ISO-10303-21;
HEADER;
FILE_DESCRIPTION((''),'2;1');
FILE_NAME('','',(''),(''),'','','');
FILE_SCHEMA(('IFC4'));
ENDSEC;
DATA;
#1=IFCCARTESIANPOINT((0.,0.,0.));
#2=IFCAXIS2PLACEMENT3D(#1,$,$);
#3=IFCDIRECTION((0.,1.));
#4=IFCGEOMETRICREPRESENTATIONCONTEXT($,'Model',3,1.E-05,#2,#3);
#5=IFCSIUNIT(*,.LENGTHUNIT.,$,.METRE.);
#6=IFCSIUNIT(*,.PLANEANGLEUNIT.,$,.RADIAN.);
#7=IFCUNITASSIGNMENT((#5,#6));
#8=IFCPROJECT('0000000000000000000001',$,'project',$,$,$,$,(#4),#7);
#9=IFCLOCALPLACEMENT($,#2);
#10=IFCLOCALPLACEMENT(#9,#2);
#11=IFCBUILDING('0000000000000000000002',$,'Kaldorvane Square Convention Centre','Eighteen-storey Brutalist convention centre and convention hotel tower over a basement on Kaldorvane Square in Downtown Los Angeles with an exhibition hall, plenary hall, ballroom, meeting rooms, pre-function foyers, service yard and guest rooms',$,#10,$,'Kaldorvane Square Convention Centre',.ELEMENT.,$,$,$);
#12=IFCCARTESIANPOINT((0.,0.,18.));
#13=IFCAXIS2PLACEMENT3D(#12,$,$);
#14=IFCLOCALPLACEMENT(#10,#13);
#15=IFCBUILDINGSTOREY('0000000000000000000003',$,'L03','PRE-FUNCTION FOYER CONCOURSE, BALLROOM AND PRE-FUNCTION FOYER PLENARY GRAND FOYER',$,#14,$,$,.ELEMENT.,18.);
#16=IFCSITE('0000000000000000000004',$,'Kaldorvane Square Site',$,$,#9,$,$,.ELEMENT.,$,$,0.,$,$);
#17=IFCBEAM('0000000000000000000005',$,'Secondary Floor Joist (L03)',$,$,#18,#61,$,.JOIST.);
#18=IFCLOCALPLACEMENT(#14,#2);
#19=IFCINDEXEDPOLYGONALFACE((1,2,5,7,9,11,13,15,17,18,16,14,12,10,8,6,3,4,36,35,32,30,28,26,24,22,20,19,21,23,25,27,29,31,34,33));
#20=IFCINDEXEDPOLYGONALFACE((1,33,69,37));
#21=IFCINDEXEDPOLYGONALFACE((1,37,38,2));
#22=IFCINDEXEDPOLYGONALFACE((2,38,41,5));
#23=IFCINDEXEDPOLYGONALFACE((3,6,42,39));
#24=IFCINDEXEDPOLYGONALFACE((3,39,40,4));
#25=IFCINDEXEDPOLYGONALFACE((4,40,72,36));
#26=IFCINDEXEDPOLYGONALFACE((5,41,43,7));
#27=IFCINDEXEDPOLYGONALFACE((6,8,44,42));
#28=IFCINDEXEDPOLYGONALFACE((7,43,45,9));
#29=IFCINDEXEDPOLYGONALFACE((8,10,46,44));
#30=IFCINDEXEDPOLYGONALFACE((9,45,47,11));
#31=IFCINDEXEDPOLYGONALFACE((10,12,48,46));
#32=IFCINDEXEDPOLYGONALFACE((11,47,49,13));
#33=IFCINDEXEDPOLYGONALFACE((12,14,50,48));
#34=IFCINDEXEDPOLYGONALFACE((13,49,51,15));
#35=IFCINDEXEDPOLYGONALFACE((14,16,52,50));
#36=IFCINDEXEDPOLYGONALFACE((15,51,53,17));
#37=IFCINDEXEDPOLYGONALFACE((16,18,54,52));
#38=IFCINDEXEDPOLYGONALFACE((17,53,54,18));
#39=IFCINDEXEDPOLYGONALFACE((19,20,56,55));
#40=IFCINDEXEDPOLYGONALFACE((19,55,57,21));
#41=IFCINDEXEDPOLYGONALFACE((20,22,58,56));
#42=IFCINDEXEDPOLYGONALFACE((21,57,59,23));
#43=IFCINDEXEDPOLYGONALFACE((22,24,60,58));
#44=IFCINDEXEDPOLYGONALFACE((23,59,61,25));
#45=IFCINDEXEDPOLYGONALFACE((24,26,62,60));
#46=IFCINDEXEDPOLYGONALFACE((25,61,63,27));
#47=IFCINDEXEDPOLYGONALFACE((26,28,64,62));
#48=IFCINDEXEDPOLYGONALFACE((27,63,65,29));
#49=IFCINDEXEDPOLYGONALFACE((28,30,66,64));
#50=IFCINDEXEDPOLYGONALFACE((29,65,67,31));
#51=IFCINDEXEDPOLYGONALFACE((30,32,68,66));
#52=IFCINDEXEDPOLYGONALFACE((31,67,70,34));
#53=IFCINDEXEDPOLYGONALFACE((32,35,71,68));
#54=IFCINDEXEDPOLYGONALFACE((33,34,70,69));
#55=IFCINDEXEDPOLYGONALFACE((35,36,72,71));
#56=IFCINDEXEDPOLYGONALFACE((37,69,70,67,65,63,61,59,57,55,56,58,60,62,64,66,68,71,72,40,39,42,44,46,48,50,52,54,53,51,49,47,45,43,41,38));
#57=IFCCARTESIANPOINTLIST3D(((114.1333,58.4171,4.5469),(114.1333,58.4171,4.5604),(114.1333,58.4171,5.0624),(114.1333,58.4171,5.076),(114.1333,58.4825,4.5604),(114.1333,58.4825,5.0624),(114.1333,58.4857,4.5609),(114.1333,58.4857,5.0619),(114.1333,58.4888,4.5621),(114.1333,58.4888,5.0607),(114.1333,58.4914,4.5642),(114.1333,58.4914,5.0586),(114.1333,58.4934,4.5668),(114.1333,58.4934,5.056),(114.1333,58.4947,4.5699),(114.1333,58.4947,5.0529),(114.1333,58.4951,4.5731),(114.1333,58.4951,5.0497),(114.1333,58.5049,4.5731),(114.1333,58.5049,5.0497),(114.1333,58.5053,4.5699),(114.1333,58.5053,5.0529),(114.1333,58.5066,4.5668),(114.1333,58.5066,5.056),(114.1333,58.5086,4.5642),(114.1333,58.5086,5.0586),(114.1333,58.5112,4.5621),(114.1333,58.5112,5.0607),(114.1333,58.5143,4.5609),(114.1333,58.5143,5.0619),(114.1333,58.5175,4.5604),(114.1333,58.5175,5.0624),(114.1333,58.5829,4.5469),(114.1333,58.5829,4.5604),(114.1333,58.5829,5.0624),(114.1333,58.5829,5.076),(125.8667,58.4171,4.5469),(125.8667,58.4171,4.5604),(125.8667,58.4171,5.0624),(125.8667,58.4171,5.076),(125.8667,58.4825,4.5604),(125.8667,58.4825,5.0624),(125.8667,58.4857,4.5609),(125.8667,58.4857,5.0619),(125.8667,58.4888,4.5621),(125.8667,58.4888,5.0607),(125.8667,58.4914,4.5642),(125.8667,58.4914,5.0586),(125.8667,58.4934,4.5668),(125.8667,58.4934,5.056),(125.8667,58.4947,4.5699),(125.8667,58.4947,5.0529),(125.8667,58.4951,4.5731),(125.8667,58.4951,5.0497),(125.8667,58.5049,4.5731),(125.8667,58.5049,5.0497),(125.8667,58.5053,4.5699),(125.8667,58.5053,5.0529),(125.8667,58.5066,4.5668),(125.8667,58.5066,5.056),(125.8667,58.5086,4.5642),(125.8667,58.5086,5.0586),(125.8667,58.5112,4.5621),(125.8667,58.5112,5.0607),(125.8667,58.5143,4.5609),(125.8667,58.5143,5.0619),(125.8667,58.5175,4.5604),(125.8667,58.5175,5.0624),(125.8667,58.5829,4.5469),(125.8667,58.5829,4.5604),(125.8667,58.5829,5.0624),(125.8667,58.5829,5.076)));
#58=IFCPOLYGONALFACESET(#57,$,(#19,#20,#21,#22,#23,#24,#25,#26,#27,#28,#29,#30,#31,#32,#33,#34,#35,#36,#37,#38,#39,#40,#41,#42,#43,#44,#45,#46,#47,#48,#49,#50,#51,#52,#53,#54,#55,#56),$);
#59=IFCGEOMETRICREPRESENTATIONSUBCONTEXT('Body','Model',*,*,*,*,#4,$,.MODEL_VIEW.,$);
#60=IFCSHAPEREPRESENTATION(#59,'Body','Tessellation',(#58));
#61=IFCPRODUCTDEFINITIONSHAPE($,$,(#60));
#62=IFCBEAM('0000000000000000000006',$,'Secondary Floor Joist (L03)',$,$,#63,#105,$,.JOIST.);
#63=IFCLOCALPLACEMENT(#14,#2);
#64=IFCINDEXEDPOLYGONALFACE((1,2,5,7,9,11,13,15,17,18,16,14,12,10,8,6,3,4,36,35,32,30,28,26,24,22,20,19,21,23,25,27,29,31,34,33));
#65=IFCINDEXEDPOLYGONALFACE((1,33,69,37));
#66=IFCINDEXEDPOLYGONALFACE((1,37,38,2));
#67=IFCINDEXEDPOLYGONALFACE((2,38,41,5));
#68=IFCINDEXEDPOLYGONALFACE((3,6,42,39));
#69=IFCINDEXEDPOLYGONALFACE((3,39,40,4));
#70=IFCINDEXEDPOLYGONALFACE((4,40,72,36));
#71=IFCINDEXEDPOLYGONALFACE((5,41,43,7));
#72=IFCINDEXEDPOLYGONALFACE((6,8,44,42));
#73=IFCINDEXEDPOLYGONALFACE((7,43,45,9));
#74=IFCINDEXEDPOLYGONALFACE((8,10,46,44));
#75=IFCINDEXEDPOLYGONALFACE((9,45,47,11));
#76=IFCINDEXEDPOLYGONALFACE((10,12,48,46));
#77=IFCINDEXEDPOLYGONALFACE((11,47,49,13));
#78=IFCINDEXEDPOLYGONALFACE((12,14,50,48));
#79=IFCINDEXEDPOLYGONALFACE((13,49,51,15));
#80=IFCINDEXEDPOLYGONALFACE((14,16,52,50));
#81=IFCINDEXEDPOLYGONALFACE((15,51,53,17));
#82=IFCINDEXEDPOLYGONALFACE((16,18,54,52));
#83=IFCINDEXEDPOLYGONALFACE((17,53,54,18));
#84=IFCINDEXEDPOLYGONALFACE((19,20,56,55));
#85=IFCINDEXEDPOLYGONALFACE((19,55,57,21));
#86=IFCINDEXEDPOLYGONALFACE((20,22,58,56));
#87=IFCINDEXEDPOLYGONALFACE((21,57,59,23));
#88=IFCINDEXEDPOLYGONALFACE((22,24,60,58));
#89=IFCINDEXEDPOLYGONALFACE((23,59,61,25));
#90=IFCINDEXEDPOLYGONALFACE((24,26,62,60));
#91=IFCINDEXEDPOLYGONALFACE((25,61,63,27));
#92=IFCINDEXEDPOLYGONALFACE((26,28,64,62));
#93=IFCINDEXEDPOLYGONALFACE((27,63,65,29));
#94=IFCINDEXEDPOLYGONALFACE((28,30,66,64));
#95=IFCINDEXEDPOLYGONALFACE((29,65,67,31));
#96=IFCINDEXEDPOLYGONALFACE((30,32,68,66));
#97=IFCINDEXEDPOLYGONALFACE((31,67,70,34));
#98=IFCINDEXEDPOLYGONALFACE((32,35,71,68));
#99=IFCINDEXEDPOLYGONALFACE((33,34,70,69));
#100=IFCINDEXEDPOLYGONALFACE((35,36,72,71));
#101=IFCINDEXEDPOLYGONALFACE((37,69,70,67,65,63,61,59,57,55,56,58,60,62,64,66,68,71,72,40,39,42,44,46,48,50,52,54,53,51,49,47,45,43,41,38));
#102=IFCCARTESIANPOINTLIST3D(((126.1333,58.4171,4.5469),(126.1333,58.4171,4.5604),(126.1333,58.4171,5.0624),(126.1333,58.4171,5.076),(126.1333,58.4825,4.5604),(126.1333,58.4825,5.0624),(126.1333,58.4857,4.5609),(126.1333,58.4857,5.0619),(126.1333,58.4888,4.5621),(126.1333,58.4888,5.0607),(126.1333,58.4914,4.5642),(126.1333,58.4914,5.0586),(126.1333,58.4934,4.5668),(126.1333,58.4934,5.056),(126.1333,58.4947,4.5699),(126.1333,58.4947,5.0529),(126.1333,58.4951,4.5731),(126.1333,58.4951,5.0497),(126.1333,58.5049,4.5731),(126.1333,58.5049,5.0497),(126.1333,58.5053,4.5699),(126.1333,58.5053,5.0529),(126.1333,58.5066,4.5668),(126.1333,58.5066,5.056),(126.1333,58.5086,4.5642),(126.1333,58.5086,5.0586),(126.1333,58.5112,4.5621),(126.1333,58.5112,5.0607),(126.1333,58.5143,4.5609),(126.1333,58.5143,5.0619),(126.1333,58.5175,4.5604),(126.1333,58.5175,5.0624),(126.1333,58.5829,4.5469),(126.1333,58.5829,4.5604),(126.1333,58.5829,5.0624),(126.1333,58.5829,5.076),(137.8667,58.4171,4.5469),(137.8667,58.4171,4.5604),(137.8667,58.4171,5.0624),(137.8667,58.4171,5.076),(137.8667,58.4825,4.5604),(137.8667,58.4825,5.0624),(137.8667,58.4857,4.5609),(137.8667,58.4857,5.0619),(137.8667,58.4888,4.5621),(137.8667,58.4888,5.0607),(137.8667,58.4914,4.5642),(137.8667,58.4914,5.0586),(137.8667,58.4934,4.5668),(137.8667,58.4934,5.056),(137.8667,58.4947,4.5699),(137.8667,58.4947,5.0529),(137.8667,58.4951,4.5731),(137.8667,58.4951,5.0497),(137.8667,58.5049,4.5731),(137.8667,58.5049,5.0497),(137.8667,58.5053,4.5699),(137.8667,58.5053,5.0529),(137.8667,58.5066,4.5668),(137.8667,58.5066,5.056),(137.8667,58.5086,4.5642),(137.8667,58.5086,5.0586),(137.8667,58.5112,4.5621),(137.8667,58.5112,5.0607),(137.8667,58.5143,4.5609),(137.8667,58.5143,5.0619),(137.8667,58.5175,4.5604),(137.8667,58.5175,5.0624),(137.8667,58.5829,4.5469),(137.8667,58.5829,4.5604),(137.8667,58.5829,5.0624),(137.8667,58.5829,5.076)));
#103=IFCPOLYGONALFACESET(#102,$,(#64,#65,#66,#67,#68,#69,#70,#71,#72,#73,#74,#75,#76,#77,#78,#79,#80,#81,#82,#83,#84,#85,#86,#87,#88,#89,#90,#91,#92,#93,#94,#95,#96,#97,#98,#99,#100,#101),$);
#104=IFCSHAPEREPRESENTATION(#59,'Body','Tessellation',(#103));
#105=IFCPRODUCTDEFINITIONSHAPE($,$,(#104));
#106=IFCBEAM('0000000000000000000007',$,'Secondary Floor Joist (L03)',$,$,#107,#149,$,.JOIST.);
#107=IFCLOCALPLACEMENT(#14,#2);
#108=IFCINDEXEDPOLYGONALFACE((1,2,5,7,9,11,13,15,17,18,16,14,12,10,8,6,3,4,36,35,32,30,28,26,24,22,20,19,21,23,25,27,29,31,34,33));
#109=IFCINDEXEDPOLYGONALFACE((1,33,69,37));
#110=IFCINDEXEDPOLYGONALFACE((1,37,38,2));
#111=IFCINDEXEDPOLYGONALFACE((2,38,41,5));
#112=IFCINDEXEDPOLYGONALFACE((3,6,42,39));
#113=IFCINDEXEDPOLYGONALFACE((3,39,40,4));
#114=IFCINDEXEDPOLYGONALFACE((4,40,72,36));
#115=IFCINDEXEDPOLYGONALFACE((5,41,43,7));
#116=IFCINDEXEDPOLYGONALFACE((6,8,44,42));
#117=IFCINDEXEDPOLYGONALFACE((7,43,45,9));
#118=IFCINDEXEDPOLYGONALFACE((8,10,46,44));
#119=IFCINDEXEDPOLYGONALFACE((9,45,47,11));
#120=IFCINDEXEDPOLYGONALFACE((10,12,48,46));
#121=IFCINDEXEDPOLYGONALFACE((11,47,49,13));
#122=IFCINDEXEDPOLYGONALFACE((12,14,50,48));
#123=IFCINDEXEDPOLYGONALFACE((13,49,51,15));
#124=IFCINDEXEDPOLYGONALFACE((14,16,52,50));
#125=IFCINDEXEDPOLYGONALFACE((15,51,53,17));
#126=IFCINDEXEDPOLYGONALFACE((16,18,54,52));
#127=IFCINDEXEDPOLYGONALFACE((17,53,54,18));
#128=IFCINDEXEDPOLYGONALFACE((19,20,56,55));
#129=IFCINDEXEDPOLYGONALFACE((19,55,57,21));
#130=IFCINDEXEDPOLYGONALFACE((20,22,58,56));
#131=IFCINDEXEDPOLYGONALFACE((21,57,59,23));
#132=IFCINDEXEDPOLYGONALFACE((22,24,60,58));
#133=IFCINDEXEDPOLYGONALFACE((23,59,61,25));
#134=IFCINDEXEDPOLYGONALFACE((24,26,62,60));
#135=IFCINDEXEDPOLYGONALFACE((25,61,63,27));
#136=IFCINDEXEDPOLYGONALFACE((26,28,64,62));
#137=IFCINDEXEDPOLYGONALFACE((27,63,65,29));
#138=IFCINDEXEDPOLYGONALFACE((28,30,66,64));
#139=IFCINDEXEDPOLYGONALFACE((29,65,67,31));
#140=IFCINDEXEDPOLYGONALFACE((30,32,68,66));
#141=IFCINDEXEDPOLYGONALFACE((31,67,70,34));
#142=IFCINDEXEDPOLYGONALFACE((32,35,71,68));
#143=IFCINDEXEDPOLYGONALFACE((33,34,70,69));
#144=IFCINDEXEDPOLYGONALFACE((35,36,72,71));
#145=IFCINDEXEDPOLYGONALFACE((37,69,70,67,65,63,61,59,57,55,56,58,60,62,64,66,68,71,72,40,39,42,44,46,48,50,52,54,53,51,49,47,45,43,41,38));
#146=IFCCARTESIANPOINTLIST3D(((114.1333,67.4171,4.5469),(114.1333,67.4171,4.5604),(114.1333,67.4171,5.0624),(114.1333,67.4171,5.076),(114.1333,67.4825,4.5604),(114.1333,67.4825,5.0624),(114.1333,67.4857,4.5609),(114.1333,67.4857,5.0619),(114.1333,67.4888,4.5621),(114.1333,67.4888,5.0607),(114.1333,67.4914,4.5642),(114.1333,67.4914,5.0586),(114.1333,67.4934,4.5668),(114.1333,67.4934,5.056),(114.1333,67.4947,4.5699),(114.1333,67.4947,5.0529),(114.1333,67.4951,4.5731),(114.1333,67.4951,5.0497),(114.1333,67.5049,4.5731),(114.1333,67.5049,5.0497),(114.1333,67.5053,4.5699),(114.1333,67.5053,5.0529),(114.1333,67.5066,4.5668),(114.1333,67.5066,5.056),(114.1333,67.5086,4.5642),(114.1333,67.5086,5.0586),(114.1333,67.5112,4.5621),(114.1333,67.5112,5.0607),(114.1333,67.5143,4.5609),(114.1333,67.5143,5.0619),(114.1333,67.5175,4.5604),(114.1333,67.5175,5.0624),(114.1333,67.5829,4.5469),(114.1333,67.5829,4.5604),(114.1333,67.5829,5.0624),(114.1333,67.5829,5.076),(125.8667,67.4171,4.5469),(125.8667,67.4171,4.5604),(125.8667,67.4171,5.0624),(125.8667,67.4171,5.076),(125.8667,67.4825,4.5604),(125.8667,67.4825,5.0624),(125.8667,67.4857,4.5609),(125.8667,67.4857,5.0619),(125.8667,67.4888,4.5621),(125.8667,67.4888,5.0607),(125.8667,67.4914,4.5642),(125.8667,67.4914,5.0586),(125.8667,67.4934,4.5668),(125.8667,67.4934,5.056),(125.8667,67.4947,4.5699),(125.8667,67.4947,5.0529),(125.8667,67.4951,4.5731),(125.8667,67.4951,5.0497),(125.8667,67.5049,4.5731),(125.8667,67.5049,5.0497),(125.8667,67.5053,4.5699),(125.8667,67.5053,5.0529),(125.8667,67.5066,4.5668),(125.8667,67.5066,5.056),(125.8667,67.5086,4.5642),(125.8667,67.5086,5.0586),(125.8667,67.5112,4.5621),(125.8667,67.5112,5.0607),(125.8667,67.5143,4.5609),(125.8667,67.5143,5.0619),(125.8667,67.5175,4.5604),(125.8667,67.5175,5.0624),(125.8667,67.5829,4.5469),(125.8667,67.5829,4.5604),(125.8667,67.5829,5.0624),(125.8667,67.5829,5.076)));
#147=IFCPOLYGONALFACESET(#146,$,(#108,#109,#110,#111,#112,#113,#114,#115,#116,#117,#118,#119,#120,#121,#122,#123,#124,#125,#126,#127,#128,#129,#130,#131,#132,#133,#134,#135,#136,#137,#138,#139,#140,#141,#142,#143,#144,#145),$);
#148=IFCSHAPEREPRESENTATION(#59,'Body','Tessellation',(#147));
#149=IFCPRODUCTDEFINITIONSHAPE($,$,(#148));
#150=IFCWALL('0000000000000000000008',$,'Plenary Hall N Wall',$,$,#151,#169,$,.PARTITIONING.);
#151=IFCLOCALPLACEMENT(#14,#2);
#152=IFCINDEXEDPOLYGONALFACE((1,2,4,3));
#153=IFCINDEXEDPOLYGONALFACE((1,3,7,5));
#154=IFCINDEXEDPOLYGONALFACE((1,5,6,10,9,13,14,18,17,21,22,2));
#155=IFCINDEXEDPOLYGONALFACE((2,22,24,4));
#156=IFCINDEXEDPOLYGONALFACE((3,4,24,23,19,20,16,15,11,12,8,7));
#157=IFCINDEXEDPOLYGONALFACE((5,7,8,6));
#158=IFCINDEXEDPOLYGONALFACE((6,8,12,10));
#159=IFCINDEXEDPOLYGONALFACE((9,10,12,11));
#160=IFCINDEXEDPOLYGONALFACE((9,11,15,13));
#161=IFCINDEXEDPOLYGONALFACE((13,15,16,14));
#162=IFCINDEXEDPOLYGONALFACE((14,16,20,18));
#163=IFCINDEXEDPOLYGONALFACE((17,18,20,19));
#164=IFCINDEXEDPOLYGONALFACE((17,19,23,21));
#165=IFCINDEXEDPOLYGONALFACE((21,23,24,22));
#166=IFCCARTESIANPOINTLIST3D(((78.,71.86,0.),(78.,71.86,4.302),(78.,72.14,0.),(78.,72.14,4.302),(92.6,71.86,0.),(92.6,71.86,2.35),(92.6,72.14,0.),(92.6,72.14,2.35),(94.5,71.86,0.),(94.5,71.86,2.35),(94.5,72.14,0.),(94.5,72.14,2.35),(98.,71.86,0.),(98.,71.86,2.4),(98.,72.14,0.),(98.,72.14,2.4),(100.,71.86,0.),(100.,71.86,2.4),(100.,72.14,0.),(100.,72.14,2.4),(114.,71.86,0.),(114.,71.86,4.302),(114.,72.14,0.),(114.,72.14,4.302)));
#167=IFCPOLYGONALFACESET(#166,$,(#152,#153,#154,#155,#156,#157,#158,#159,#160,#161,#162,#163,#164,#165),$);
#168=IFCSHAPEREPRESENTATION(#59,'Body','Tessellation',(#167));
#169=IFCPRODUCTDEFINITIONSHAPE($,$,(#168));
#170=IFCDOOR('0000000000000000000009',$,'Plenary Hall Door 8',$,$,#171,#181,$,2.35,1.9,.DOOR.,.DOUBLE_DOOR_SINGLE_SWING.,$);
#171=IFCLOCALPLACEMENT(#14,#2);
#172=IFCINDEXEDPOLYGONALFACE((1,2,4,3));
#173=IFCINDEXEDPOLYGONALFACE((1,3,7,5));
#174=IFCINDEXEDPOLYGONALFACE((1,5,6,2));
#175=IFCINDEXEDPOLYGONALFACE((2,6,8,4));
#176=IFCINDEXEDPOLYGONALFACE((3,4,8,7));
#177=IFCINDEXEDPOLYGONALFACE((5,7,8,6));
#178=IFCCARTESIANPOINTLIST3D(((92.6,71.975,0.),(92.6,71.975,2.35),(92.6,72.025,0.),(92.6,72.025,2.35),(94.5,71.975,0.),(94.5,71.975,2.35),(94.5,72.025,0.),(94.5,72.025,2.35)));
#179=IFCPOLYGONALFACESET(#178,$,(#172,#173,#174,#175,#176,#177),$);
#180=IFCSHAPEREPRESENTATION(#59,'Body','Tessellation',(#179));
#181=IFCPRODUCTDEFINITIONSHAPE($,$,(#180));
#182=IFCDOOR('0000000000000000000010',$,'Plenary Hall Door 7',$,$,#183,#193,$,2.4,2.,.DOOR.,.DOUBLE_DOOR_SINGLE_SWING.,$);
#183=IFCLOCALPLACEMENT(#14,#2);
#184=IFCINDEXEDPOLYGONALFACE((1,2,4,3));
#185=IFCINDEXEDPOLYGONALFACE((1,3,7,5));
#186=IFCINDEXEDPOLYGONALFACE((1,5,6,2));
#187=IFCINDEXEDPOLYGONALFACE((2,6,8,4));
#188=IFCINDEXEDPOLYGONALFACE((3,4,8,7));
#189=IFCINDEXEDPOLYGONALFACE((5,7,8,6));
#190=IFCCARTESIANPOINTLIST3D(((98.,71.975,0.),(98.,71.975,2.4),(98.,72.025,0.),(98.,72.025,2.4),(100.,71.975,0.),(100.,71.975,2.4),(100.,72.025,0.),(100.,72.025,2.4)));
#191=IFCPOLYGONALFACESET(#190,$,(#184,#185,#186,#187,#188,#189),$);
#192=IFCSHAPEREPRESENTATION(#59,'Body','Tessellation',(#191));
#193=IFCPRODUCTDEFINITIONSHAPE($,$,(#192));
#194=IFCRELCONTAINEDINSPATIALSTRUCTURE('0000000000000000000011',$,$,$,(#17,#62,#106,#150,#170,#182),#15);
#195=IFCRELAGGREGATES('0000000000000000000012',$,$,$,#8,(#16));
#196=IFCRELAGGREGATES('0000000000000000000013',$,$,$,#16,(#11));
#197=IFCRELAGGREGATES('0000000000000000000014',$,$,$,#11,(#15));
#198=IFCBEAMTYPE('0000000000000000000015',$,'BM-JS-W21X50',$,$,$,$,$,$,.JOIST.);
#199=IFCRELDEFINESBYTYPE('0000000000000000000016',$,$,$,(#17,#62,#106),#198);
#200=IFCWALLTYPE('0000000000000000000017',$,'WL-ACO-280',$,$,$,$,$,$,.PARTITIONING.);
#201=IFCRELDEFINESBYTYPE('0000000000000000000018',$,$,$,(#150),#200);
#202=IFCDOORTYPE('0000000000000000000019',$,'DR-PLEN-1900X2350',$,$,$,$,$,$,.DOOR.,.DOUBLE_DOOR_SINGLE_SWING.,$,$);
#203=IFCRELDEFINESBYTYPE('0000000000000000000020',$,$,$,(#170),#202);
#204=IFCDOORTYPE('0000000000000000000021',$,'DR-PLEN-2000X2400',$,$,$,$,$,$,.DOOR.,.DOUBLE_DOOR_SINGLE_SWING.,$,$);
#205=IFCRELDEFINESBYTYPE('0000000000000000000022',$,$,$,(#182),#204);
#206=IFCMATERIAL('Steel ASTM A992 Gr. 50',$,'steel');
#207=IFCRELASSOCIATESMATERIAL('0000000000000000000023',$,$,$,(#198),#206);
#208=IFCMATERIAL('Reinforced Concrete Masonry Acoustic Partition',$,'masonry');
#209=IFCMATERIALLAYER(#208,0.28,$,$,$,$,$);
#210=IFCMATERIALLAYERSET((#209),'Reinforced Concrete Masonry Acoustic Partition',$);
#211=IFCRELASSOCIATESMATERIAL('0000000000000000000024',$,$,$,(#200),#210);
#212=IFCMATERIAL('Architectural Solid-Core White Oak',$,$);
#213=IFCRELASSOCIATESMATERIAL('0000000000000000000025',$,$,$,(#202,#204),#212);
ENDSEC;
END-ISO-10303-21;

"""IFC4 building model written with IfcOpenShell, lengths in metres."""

from ifc_helpers import new_model, si_unit, direction, frame, frame_2d, origin, origin_2d, place, context, subcontext, project, spatial, rectangle, i_section, extrude, material, layer, layer_set, material_profile, profile_set, type_object, element, fill, save


model = new_model("IFC4")

# Units and contexts
model_context = context("Model", 3, precision=1e-05, world=origin(), true_north=direction((0.0, 1.0)))
body_context = subcontext(model_context, "Body", "Model", "MODEL_VIEW")
ifc_project = project(units=[si_unit("LENGTHUNIT", "METRE"), si_unit("PLANEANGLEUNIT", "RADIAN")], contexts=[model_context])

# Site, building, storey
site_placement = place(None, origin())
site = spatial("IfcSite", under=ifc_project, at=site_placement, Name="Kaldorvane Square Site", CompositionType="ELEMENT", RefElevation=0.0)
building_placement = place(site_placement, origin())
building = spatial("IfcBuilding", under=site, at=building_placement, Name="Kaldorvane Square Convention Centre", Description="Eighteen-storey Brutalist convention centre and convention hotel tower over a basement on Kaldorvane Square in Downtown Los Angeles with an exhibition hall, plenary hall, ballroom, meeting rooms, pre-function foyers, service yard and guest rooms", LongName="Kaldorvane Square Convention Centre", CompositionType="ELEMENT")
storey_placement = place(building_placement, frame((0.0, 0.0, 18.0)))
storey = spatial("IfcBuildingStorey", under=building, at=storey_placement, Name="L03", Description="PRE-FUNCTION FOYER CONCOURSE, BALLROOM AND PRE-FUNCTION FOYER PLENARY GRAND FOYER", CompositionType="ELEMENT", Elevation=18.0)

# Shared definitions
ifc_material_1 = material(Name="Steel ASTM A992 Gr. 50", Category="steel")

# Beams
ifc_material_profile_1 = material_profile(ifc_material_1, i_section(OverallWidth=0.1659, OverallDepth=0.5291, WebThickness=0.0097, FlangeThickness=0.0136, FilletRadius=0.0127, at=origin_2d()), Name="W21X50")
ifc_profile_set_1 = profile_set([ifc_material_profile_1], Name="Steel ASTM A992 Gr. 50")
beam_type_1 = type_object("IfcBeamType", Name="BM-JS-W21X50", PredefinedType="JOIST", material=ifc_profile_set_1)
for number, where, z_axis, x_axis, name in (
    (1, (114.1333, 58.5, 4.8114), (1.0, 0.0, 0.0), (0.0, 1.0, 0.0), "Secondary Floor Joist (L03)"),
    (2, (126.1333, 58.5, 4.8114), (1.0, 0.0, 0.0), (0.0, 1.0, 0.0), "Secondary Floor Joist (L03)"),
    (3, (114.1333, 67.5, 4.8114), (1.0, 0.0, 0.0), (0.0, 1.0, 0.0), "Secondary Floor Joist (L03)"),
):
    element("IfcBeam", number, at=place(storey_placement, frame(where, z_axis=z_axis, x_axis=x_axis)), inside=storey, type_object=beam_type_1, Name=name, PredefinedType="JOIST", context=body_context, shape_type="SweptSolid", body=[
        extrude(i_section(OverallWidth=0.1659, OverallDepth=0.5291, WebThickness=0.0097, FlangeThickness=0.0136, FilletRadius=0.0127, at=origin_2d()), origin(), (0.0, 0.0, 1.0), 11.7334),
    ])

# Wall, openings, doors
ifc_material_2 = material(Name="Reinforced Concrete Masonry Acoustic Partition", Category="masonry")
ifc_layer_1 = layer(ifc_material_2, 0.28)
ifc_layer_set_1 = layer_set([ifc_layer_1], Name="Reinforced Concrete Masonry Acoustic Partition")
wall_type_1 = type_object("IfcWallType", Name="WL-ACO-280", PredefinedType="PARTITIONING", material=ifc_layer_set_1)
wall_1_placement = place(storey_placement, frame((114.0, 72.0, 0.0), z_axis=(0.0, 0.0, 1.0), x_axis=(-1.0, 0.0, 0.0)))
wall_1 = element("IfcWall", 4, at=wall_1_placement, inside=storey, type_object=wall_type_1, Name="Plenary Hall N Wall", PredefinedType="PARTITIONING", context=body_context, shape_type="SweptSolid", body=[
    extrude(rectangle(XDim=36.0, YDim=0.28, at=frame_2d((18.0, 0.0))), origin(), (0.0, 0.0, 1.0), 4.302),
])
opening_1_placement = place(wall_1_placement, frame((14.0, 0.0, 0.0)))
opening_1 = element("IfcOpeningElement", 5, at=opening_1_placement, cuts=wall_1, PredefinedType="OPENING", context=body_context, shape_type="SweptSolid", body=[
    extrude(rectangle(XDim=2.0, YDim=2.4, at=frame_2d((1.0, 1.2))), frame((0.0, 0.155, 0.0), z_axis=(0.0, -1.0, 0.0), x_axis=(1.0, 0.0, 0.0)), (0.0, 0.0, 1.0), 0.31),
])
opening_2_placement = place(wall_1_placement, frame((19.5, 0.0, 0.0)))
opening_2 = element("IfcOpeningElement", 6, at=opening_2_placement, cuts=wall_1, PredefinedType="OPENING", context=body_context, shape_type="SweptSolid", body=[
    extrude(rectangle(XDim=1.9, YDim=2.35, at=frame_2d((0.95, 1.175))), frame((0.0, 0.155, 0.0), z_axis=(0.0, -1.0, 0.0), x_axis=(1.0, 0.0, 0.0)), (0.0, 0.0, 1.0), 0.31),
])
ifc_material_3 = material(Name="Architectural Solid-Core White Oak")
door_type_1 = type_object("IfcDoorType", Name="DR-PLEN-1900X2350", OperationType="DOUBLE_DOOR_SINGLE_SWING", PredefinedType="DOOR", material=ifc_material_3)
door_1_placement = place(opening_2_placement, origin())
door_1 = element("IfcDoor", 7, at=door_1_placement, inside=storey, type_object=door_type_1, Name="Plenary Hall Door 8", OperationType="DOUBLE_DOOR_SINGLE_SWING", OverallHeight=2.35, OverallWidth=1.9, PredefinedType="DOOR", context=body_context, shape_type="SweptSolid", body=[
    extrude(rectangle(XDim=1.9, YDim=2.35, at=frame_2d((0.95, 1.175))), frame((0.0, 0.025, 0.0), z_axis=(0.0, -1.0, 0.0), x_axis=(1.0, 0.0, 0.0)), (0.0, 0.0, 1.0), 0.05),
])
fill(opening_2, door_1)
door_type_2 = type_object("IfcDoorType", Name="DR-PLEN-2000X2400", OperationType="DOUBLE_DOOR_SINGLE_SWING", PredefinedType="DOOR", material=ifc_material_3)
door_2_placement = place(opening_1_placement, origin())
door_2 = element("IfcDoor", 8, at=door_2_placement, inside=storey, type_object=door_type_2, Name="Plenary Hall Door 7", OperationType="DOUBLE_DOOR_SINGLE_SWING", OverallHeight=2.4, OverallWidth=2.0, PredefinedType="DOOR", context=body_context, shape_type="SweptSolid", body=[
    extrude(rectangle(XDim=2.0, YDim=2.4, at=frame_2d((1.0, 1.2))), frame((0.0, 0.025, 0.0), z_axis=(0.0, -1.0, 0.0), x_axis=(1.0, 0.0, 0.0)), (0.0, 0.0, 1.0), 0.05),
])
fill(opening_1, door_2)

save(model, "model.ifc")
